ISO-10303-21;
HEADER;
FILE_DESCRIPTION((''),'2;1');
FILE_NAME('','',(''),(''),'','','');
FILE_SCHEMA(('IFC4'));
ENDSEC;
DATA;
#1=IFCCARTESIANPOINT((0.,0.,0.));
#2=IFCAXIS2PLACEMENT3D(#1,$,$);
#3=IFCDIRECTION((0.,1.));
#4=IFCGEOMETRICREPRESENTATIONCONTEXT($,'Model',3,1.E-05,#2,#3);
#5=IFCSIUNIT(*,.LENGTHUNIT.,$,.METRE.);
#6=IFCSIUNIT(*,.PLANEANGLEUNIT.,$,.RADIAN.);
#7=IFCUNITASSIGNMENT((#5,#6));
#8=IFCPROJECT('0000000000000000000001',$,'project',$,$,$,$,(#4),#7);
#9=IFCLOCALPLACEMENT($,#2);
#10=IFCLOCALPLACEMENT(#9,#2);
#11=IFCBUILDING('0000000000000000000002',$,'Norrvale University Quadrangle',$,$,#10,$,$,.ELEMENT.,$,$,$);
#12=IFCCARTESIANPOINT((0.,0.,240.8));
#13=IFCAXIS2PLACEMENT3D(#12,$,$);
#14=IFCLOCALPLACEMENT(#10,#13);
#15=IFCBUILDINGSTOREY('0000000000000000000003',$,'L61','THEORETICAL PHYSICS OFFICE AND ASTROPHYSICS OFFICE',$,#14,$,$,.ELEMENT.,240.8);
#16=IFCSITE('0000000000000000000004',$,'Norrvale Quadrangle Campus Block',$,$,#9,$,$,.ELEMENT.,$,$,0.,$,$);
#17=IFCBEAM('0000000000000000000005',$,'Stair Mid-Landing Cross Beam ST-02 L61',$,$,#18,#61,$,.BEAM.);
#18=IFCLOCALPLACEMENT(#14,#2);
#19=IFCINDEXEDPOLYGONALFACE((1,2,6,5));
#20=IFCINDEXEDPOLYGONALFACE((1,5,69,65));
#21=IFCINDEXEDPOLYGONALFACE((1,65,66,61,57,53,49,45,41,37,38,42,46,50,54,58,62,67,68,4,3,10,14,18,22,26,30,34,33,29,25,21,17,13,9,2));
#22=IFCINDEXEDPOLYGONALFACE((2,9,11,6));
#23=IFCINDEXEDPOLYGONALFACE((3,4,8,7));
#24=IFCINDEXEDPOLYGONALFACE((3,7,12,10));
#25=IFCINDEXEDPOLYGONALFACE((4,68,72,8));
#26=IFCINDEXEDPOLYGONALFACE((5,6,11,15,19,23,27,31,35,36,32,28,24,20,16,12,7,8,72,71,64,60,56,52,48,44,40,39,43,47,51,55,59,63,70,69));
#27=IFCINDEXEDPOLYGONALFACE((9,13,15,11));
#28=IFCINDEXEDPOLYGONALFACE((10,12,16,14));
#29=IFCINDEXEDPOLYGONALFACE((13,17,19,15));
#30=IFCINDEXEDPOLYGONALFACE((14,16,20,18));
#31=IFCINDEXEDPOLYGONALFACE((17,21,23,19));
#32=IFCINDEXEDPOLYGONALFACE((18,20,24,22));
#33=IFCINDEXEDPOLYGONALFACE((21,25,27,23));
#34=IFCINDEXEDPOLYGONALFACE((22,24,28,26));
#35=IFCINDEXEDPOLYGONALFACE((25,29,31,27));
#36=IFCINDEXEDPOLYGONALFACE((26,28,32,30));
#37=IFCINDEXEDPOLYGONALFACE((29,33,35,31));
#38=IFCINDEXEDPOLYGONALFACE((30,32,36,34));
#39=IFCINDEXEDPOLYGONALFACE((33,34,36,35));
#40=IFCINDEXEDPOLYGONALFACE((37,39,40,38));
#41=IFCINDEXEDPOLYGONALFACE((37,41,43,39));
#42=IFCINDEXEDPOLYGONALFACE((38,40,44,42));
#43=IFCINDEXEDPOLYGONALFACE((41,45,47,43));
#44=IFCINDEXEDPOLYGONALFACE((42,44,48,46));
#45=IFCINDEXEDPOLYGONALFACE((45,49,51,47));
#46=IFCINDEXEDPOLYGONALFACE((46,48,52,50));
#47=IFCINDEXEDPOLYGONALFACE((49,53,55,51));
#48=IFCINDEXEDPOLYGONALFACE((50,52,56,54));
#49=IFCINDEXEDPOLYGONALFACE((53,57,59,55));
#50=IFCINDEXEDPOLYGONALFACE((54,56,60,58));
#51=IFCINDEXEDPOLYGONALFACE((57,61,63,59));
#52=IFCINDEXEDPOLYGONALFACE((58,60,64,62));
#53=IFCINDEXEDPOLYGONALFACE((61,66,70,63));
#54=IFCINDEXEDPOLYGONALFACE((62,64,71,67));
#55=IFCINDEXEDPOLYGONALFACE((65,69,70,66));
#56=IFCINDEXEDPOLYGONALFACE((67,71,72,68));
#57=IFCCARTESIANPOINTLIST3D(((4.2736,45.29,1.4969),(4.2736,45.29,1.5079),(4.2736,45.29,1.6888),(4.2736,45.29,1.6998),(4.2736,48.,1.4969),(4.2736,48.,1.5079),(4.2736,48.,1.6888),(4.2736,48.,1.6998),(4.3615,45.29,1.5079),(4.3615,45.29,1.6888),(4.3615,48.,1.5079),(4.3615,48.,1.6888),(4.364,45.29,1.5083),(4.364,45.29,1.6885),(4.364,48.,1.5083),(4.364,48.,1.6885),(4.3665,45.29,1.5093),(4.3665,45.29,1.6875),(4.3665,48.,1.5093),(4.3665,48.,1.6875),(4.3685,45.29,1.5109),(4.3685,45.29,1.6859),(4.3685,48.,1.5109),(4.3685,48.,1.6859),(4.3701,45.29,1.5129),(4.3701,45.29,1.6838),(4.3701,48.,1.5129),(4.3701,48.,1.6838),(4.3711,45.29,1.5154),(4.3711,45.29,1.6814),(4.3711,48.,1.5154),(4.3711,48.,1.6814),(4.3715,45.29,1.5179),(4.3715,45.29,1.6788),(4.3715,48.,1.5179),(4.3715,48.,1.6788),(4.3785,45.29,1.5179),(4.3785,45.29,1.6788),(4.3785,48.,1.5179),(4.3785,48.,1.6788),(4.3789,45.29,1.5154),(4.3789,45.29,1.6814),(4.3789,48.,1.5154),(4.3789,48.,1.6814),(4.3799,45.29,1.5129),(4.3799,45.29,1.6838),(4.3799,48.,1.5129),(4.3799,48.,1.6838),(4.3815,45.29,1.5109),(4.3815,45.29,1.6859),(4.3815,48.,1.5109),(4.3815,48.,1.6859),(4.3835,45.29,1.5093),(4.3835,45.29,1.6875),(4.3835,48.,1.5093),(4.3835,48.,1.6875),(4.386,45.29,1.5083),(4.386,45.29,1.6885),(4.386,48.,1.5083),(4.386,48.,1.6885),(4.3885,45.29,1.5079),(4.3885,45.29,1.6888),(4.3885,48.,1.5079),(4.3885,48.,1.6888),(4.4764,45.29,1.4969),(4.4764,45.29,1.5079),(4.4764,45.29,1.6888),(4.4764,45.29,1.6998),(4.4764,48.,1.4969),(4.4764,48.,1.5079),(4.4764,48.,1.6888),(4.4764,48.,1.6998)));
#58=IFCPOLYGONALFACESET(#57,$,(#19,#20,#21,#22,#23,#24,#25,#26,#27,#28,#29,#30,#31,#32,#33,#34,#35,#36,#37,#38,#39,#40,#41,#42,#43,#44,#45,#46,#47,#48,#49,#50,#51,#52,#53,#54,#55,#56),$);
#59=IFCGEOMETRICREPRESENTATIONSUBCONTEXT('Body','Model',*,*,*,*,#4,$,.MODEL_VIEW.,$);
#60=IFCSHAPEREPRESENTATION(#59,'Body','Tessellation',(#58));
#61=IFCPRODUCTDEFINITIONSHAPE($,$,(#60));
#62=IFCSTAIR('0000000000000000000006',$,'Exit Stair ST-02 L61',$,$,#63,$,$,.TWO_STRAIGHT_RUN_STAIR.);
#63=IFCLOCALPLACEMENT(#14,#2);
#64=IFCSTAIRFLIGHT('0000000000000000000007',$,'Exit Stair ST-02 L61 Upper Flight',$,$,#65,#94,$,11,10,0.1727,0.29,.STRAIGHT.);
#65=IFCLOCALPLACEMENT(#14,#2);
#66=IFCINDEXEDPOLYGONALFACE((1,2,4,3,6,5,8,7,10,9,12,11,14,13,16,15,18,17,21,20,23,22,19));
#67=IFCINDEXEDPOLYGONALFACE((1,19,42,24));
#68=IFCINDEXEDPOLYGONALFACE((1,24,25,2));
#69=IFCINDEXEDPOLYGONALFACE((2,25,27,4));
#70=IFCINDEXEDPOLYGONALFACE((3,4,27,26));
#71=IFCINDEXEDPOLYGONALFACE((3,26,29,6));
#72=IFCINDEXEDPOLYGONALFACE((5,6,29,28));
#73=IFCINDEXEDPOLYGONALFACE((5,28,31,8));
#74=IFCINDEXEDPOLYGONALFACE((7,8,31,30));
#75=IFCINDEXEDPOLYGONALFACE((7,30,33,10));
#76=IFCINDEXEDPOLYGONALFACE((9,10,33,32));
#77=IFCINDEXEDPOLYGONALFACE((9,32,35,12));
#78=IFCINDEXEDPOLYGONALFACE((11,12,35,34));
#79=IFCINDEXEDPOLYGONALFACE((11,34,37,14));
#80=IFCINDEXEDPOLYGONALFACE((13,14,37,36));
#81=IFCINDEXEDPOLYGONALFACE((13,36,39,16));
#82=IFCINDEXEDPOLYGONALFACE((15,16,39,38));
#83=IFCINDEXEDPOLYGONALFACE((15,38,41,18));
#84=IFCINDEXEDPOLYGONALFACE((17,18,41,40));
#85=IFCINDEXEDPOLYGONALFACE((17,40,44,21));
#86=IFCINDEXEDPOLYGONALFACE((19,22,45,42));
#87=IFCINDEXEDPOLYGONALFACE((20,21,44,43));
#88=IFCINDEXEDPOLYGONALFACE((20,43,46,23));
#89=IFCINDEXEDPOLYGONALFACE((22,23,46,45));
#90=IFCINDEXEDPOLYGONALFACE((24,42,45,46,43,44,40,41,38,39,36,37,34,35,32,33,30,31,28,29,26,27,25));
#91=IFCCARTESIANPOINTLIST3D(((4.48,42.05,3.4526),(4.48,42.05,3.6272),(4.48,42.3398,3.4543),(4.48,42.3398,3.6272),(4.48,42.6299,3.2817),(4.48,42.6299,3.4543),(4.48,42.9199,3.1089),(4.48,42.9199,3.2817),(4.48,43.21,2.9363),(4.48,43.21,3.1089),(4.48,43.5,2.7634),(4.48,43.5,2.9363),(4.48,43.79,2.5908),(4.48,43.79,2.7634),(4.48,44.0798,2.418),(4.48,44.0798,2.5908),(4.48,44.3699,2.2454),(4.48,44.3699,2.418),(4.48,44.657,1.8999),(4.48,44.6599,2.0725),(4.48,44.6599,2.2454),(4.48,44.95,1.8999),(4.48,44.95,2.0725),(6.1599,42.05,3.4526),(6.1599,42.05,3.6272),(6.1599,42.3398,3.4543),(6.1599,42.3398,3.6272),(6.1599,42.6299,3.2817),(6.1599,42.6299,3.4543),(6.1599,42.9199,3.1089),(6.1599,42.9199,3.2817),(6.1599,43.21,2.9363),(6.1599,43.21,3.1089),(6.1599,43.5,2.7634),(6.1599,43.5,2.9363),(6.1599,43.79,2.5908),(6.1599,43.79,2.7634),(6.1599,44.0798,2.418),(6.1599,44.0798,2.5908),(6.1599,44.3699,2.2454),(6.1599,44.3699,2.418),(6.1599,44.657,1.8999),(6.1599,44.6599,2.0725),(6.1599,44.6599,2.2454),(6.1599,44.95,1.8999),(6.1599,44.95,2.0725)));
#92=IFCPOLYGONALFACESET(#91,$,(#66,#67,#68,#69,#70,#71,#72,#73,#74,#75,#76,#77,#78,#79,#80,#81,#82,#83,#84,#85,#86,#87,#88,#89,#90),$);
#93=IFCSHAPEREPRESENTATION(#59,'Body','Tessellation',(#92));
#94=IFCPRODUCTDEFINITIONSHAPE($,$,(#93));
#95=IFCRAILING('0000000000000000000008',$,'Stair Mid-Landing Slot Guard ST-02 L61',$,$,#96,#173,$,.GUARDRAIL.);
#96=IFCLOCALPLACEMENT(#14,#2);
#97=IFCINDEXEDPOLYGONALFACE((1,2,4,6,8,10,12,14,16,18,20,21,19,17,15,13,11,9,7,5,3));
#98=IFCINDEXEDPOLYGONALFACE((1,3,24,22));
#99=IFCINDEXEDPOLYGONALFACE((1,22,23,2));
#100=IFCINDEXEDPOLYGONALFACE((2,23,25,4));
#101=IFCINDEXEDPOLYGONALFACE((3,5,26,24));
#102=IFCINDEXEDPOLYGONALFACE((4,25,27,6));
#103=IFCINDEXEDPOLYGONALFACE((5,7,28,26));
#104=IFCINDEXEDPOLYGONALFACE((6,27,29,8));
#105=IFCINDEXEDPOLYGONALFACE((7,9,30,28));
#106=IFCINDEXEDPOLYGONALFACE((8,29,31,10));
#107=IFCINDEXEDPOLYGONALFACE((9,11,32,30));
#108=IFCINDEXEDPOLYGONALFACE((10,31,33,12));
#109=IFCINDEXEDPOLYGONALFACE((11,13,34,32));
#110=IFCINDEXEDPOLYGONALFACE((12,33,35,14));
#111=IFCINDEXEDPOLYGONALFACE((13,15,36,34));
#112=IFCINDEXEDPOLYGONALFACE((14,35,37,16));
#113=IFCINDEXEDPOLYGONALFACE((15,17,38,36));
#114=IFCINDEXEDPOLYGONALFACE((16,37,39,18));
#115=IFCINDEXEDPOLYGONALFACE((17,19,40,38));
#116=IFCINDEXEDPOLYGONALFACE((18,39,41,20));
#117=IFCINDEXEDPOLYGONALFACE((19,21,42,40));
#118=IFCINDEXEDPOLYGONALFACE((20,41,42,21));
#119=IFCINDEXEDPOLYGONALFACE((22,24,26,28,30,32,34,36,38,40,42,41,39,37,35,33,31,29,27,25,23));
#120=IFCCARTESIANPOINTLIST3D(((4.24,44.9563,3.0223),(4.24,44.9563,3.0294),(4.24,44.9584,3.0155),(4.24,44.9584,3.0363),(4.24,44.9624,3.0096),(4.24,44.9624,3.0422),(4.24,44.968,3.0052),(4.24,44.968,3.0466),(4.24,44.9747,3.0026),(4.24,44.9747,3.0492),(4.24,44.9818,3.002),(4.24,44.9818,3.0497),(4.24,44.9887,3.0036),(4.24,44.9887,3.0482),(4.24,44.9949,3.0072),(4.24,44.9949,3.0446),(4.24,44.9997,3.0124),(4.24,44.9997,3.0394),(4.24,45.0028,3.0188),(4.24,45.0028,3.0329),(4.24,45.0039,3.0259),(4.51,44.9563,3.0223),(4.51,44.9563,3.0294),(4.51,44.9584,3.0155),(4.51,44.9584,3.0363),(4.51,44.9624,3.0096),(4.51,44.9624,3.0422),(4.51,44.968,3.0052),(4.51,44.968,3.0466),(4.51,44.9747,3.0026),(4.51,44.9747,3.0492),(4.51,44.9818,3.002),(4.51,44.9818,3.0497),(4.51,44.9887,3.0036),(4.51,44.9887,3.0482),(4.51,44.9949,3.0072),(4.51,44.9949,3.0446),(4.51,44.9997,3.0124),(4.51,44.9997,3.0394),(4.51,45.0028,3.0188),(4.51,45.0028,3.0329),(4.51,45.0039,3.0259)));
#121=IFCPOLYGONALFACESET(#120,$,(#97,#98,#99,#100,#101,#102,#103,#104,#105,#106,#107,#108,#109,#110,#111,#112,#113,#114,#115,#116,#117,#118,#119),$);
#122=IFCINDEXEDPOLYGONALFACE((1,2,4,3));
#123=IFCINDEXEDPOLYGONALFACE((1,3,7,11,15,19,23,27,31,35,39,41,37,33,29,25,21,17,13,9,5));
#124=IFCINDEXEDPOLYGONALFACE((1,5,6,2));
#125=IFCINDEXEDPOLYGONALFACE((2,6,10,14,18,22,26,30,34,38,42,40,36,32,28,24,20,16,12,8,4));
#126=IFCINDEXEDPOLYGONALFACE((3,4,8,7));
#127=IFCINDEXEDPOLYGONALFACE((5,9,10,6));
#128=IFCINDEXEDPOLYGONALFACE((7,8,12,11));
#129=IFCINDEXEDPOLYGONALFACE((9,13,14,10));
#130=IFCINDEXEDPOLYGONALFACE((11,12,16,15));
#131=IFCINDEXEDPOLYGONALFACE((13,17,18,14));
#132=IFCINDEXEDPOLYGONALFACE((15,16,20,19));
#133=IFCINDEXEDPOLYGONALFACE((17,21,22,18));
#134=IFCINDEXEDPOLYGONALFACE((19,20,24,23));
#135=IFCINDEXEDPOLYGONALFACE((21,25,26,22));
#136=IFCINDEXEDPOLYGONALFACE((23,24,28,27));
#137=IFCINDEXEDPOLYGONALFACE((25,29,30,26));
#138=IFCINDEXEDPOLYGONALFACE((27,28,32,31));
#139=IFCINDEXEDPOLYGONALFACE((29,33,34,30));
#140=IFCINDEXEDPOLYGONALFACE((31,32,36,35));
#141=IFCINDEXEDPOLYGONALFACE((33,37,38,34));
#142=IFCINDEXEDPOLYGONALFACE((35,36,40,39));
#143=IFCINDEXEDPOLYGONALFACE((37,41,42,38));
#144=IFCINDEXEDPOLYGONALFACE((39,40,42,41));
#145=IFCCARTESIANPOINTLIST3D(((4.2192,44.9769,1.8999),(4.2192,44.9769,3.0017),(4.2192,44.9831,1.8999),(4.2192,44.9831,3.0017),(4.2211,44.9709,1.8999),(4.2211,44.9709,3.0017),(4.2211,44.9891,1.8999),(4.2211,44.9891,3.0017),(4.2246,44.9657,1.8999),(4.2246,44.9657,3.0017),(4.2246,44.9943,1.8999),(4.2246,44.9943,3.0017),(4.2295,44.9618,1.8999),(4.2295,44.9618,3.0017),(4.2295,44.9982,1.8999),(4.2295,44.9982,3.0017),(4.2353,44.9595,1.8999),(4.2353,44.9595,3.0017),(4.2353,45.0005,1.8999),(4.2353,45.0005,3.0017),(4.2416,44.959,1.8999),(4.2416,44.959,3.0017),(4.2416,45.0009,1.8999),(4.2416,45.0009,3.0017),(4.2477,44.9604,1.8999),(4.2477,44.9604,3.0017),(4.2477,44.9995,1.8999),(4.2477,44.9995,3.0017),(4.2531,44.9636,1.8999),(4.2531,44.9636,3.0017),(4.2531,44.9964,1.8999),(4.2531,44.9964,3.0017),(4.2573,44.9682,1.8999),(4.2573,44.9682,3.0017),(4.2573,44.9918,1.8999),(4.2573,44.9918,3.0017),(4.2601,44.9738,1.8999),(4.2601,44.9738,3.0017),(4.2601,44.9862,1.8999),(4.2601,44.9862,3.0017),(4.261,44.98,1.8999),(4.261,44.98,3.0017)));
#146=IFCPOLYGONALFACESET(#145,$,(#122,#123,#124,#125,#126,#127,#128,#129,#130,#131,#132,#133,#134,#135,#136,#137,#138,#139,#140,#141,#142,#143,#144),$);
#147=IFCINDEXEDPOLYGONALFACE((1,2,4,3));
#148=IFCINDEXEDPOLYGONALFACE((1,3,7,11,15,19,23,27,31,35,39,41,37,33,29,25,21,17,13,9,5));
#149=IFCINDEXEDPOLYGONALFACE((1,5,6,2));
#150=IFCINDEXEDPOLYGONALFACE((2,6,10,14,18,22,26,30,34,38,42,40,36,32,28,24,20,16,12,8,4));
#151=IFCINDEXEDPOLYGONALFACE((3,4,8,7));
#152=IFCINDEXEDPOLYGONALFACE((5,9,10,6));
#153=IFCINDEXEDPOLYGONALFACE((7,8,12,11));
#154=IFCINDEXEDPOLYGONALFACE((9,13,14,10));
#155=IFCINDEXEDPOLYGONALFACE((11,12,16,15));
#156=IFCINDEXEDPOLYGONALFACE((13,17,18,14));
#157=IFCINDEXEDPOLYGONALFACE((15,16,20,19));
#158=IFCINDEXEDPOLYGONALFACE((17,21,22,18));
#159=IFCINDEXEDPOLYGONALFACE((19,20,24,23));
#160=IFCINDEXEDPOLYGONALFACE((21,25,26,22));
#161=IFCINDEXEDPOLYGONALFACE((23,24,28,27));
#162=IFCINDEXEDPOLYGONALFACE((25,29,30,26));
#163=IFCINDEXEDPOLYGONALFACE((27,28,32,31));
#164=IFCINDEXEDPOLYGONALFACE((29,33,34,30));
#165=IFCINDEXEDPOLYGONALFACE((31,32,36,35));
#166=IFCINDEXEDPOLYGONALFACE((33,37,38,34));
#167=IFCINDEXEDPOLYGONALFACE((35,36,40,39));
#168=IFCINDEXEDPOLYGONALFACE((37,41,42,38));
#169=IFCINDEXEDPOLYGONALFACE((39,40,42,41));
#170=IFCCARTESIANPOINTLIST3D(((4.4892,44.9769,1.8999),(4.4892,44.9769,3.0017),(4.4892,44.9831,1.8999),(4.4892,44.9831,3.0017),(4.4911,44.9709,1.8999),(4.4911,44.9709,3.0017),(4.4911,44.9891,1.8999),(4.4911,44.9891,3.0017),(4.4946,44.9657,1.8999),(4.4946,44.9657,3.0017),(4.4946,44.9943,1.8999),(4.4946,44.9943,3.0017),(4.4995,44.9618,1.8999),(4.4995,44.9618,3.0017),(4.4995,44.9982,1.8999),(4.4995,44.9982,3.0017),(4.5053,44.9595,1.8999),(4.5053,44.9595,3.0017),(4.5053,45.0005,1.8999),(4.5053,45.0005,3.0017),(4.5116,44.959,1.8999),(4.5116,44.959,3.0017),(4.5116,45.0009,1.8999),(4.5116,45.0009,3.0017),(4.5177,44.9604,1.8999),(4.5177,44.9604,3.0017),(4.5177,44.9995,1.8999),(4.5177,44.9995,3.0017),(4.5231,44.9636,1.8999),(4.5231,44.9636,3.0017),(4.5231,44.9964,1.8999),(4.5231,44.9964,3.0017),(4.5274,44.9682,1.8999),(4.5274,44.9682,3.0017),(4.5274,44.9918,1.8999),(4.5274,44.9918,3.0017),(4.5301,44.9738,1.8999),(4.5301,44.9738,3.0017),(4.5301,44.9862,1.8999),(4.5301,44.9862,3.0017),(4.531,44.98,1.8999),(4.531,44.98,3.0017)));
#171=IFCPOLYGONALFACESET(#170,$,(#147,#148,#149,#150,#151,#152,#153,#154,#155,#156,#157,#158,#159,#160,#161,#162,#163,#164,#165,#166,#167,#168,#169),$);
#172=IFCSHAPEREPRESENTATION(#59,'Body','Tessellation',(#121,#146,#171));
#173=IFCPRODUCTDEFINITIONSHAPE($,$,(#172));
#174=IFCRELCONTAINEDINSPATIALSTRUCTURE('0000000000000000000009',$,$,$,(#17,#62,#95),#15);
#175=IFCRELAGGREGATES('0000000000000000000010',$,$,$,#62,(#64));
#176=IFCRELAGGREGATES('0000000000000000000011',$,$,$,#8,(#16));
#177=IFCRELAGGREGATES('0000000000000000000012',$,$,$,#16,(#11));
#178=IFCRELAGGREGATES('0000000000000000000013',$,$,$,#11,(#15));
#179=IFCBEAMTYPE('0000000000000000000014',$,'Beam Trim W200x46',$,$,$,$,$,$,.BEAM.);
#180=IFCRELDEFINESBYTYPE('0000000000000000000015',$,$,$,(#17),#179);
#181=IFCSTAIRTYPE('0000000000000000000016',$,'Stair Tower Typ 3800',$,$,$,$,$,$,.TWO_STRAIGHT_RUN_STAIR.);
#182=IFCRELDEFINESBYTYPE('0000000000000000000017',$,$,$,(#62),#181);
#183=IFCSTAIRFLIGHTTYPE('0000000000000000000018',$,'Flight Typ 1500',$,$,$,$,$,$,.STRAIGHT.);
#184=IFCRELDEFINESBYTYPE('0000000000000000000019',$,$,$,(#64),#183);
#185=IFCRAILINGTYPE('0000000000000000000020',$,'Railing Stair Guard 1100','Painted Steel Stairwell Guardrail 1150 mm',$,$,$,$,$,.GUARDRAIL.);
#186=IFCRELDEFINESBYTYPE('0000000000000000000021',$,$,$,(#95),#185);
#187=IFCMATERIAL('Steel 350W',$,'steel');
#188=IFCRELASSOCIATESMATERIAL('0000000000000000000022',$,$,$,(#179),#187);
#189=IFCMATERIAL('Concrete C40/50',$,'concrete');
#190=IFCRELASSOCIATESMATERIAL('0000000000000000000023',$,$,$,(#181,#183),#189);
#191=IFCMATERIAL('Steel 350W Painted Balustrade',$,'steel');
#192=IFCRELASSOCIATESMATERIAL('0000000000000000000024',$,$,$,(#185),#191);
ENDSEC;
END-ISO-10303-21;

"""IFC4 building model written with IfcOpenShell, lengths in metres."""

from ifc_helpers import new_model, si_unit, direction, frame, origin, origin_2d, place, context, subcontext, project, spatial, polyline, circle, i_section, outline, extrude, material, material_profile, profile_set, type_object, element, aggregate, save


model = new_model("IFC4")

# Units and contexts
model_context = context("Model", 3, precision=1e-05, world=origin(), true_north=direction((0.0, 1.0)))
body_context = subcontext(model_context, "Body", "Model", "MODEL_VIEW")
ifc_project = project(units=[si_unit("LENGTHUNIT", "METRE"), si_unit("PLANEANGLEUNIT", "RADIAN")], contexts=[model_context])

# Site, building, storey
site_placement = place(None, origin())
site = spatial("IfcSite", under=ifc_project, at=site_placement, Name="Norrvale Quadrangle Campus Block", CompositionType="ELEMENT", RefElevation=0.0)
building_placement = place(site_placement, origin())
building = spatial("IfcBuilding", under=site, at=building_placement, Name="Norrvale University Quadrangle", CompositionType="ELEMENT")
storey_placement = place(building_placement, frame((0.0, 0.0, 240.8)))
storey = spatial("IfcBuildingStorey", under=building, at=storey_placement, Name="L61", Description="THEORETICAL PHYSICS OFFICE AND ASTROPHYSICS OFFICE", CompositionType="ELEMENT", Elevation=240.8)

# Beam
ifc_material_1 = material(Name="Steel 350W", Category="steel")
ifc_material_profile_1 = material_profile(ifc_material_1, i_section(OverallWidth=0.2029, OverallDepth=0.2029, WebThickness=0.0071, FlangeThickness=0.011, FilletRadius=0.01, at=origin_2d()), Name="Steel 350W")
ifc_profile_set_1 = profile_set([ifc_material_profile_1], Name="Steel 350W")
beam_type_1 = type_object("IfcBeamType", Name="Beam Trim W200x46", PredefinedType="BEAM", material=ifc_profile_set_1)
beam_1_placement = place(storey_placement, frame((4.375, 45.29, 1.5984), z_axis=(0.0, 1.0, 0.0), x_axis=(-1.0, 0.0, 0.0)))
element("IfcBeam", 1, at=beam_1_placement, inside=storey, type_object=beam_type_1, Name="Stair Mid-Landing Cross Beam ST-02 L61", PredefinedType="BEAM", context=body_context, shape_type="SweptSolid", body=[
    extrude(i_section(OverallWidth=0.2029, OverallDepth=0.2029, WebThickness=0.0071, FlangeThickness=0.011, FilletRadius=0.01, at=origin_2d()), origin(), (0.0, 0.0, 1.0), 2.71),
])

# Stair, stair flight
ifc_material_2 = material(Name="Concrete C40/50", Category="concrete")
stair_type = type_object("IfcStairType", Name="Stair Tower Typ 3800", PredefinedType="TWO_STRAIGHT_RUN_STAIR", material=ifc_material_2)
stair_placement = place(storey_placement, origin())
stair = element("IfcStair", 2, at=stair_placement, inside=storey, type_object=stair_type, Name="Exit Stair ST-02 L61", PredefinedType="TWO_STRAIGHT_RUN_STAIR")
stair_flight_type = type_object("IfcStairFlightType", Name="Flight Typ 1500", PredefinedType="STRAIGHT", material=ifc_material_2)
stair_flight_placement = place(storey_placement, frame((5.3201, 44.95, 1.8999), z_axis=(0.0, 0.0, 1.0), x_axis=(0.0, -1.0, 0.0)))
stair_flight = element("IfcStairFlight", 3, at=stair_flight_placement, type_object=stair_flight_type, Name="Exit Stair ST-02 L61 Upper Flight", NumberOfRisers=11, NumberOfTreads=10, PredefinedType="STRAIGHT", RiserHeight=0.1727, TreadLength=0.29, context=body_context, shape_type="SweptSolid", body=[
    extrude(outline(polyline([(0.0, 0.0), (0.0, 0.1726), (0.29, 0.1726), (0.29, 0.3455), (0.5801, 0.3455), (0.5801, 0.5181), (0.8701, 0.5181), (0.8701, 0.6909), (1.1599, 0.6909), (1.1599, 0.8635), (1.45, 0.8635), (1.45, 1.0364), (1.74, 1.0364), (1.74, 1.209), (2.03, 1.209), (2.03, 1.3818), (2.3201, 1.3818), (2.3201, 1.5544), (2.6101, 1.5544), (2.6101, 1.7273), (2.8999, 1.7273), (2.8999, 1.8999), (2.8999, 1.5527), (0.293, 0.0), (0.0, 0.0)])), frame((0.0, 0.8398, 0.0), z_axis=(0.0, -1.0, 0.0), x_axis=(1.0, 0.0, 0.0)), (0.0, 0.0, 1.0), 1.6799),
])
aggregate(stair, [stair_flight])

# Railing
ifc_material_3 = material(Name="Steel 350W Painted Balustrade", Category="steel")
railing_type_1 = type_object("IfcRailingType", Name="Railing Stair Guard 1100", Description="Painted Steel Stairwell Guardrail 1150 mm", PredefinedType="GUARDRAIL", material=ifc_material_3)
railing_1_placement = place(storey_placement, frame((4.24, 44.98, 1.8999)))
element("IfcRailing", 4, at=railing_1_placement, inside=storey, type_object=railing_type_1, Name="Stair Mid-Landing Slot Guard ST-02 L61", PredefinedType="GUARDRAIL", context=body_context, shape_type="SweptSolid", body=[
    extrude(circle(Radius=0.0239, at=origin_2d()), frame((0.0, 0.0, 1.126), z_axis=(1.0, 0.0, 0.0), x_axis=(0.0, 1.0, 0.0)), (0.0, 0.0, 1.0), 0.27),
    extrude(circle(Radius=0.021, at=origin_2d()), origin(), (0.0, 0.0, 1.0), 1.1018),
    extrude(circle(Radius=0.021, at=origin_2d()), frame((0.27, 0.0, 0.0)), (0.0, 0.0, 1.0), 1.1018),
])

save(model, "model.ifc")
